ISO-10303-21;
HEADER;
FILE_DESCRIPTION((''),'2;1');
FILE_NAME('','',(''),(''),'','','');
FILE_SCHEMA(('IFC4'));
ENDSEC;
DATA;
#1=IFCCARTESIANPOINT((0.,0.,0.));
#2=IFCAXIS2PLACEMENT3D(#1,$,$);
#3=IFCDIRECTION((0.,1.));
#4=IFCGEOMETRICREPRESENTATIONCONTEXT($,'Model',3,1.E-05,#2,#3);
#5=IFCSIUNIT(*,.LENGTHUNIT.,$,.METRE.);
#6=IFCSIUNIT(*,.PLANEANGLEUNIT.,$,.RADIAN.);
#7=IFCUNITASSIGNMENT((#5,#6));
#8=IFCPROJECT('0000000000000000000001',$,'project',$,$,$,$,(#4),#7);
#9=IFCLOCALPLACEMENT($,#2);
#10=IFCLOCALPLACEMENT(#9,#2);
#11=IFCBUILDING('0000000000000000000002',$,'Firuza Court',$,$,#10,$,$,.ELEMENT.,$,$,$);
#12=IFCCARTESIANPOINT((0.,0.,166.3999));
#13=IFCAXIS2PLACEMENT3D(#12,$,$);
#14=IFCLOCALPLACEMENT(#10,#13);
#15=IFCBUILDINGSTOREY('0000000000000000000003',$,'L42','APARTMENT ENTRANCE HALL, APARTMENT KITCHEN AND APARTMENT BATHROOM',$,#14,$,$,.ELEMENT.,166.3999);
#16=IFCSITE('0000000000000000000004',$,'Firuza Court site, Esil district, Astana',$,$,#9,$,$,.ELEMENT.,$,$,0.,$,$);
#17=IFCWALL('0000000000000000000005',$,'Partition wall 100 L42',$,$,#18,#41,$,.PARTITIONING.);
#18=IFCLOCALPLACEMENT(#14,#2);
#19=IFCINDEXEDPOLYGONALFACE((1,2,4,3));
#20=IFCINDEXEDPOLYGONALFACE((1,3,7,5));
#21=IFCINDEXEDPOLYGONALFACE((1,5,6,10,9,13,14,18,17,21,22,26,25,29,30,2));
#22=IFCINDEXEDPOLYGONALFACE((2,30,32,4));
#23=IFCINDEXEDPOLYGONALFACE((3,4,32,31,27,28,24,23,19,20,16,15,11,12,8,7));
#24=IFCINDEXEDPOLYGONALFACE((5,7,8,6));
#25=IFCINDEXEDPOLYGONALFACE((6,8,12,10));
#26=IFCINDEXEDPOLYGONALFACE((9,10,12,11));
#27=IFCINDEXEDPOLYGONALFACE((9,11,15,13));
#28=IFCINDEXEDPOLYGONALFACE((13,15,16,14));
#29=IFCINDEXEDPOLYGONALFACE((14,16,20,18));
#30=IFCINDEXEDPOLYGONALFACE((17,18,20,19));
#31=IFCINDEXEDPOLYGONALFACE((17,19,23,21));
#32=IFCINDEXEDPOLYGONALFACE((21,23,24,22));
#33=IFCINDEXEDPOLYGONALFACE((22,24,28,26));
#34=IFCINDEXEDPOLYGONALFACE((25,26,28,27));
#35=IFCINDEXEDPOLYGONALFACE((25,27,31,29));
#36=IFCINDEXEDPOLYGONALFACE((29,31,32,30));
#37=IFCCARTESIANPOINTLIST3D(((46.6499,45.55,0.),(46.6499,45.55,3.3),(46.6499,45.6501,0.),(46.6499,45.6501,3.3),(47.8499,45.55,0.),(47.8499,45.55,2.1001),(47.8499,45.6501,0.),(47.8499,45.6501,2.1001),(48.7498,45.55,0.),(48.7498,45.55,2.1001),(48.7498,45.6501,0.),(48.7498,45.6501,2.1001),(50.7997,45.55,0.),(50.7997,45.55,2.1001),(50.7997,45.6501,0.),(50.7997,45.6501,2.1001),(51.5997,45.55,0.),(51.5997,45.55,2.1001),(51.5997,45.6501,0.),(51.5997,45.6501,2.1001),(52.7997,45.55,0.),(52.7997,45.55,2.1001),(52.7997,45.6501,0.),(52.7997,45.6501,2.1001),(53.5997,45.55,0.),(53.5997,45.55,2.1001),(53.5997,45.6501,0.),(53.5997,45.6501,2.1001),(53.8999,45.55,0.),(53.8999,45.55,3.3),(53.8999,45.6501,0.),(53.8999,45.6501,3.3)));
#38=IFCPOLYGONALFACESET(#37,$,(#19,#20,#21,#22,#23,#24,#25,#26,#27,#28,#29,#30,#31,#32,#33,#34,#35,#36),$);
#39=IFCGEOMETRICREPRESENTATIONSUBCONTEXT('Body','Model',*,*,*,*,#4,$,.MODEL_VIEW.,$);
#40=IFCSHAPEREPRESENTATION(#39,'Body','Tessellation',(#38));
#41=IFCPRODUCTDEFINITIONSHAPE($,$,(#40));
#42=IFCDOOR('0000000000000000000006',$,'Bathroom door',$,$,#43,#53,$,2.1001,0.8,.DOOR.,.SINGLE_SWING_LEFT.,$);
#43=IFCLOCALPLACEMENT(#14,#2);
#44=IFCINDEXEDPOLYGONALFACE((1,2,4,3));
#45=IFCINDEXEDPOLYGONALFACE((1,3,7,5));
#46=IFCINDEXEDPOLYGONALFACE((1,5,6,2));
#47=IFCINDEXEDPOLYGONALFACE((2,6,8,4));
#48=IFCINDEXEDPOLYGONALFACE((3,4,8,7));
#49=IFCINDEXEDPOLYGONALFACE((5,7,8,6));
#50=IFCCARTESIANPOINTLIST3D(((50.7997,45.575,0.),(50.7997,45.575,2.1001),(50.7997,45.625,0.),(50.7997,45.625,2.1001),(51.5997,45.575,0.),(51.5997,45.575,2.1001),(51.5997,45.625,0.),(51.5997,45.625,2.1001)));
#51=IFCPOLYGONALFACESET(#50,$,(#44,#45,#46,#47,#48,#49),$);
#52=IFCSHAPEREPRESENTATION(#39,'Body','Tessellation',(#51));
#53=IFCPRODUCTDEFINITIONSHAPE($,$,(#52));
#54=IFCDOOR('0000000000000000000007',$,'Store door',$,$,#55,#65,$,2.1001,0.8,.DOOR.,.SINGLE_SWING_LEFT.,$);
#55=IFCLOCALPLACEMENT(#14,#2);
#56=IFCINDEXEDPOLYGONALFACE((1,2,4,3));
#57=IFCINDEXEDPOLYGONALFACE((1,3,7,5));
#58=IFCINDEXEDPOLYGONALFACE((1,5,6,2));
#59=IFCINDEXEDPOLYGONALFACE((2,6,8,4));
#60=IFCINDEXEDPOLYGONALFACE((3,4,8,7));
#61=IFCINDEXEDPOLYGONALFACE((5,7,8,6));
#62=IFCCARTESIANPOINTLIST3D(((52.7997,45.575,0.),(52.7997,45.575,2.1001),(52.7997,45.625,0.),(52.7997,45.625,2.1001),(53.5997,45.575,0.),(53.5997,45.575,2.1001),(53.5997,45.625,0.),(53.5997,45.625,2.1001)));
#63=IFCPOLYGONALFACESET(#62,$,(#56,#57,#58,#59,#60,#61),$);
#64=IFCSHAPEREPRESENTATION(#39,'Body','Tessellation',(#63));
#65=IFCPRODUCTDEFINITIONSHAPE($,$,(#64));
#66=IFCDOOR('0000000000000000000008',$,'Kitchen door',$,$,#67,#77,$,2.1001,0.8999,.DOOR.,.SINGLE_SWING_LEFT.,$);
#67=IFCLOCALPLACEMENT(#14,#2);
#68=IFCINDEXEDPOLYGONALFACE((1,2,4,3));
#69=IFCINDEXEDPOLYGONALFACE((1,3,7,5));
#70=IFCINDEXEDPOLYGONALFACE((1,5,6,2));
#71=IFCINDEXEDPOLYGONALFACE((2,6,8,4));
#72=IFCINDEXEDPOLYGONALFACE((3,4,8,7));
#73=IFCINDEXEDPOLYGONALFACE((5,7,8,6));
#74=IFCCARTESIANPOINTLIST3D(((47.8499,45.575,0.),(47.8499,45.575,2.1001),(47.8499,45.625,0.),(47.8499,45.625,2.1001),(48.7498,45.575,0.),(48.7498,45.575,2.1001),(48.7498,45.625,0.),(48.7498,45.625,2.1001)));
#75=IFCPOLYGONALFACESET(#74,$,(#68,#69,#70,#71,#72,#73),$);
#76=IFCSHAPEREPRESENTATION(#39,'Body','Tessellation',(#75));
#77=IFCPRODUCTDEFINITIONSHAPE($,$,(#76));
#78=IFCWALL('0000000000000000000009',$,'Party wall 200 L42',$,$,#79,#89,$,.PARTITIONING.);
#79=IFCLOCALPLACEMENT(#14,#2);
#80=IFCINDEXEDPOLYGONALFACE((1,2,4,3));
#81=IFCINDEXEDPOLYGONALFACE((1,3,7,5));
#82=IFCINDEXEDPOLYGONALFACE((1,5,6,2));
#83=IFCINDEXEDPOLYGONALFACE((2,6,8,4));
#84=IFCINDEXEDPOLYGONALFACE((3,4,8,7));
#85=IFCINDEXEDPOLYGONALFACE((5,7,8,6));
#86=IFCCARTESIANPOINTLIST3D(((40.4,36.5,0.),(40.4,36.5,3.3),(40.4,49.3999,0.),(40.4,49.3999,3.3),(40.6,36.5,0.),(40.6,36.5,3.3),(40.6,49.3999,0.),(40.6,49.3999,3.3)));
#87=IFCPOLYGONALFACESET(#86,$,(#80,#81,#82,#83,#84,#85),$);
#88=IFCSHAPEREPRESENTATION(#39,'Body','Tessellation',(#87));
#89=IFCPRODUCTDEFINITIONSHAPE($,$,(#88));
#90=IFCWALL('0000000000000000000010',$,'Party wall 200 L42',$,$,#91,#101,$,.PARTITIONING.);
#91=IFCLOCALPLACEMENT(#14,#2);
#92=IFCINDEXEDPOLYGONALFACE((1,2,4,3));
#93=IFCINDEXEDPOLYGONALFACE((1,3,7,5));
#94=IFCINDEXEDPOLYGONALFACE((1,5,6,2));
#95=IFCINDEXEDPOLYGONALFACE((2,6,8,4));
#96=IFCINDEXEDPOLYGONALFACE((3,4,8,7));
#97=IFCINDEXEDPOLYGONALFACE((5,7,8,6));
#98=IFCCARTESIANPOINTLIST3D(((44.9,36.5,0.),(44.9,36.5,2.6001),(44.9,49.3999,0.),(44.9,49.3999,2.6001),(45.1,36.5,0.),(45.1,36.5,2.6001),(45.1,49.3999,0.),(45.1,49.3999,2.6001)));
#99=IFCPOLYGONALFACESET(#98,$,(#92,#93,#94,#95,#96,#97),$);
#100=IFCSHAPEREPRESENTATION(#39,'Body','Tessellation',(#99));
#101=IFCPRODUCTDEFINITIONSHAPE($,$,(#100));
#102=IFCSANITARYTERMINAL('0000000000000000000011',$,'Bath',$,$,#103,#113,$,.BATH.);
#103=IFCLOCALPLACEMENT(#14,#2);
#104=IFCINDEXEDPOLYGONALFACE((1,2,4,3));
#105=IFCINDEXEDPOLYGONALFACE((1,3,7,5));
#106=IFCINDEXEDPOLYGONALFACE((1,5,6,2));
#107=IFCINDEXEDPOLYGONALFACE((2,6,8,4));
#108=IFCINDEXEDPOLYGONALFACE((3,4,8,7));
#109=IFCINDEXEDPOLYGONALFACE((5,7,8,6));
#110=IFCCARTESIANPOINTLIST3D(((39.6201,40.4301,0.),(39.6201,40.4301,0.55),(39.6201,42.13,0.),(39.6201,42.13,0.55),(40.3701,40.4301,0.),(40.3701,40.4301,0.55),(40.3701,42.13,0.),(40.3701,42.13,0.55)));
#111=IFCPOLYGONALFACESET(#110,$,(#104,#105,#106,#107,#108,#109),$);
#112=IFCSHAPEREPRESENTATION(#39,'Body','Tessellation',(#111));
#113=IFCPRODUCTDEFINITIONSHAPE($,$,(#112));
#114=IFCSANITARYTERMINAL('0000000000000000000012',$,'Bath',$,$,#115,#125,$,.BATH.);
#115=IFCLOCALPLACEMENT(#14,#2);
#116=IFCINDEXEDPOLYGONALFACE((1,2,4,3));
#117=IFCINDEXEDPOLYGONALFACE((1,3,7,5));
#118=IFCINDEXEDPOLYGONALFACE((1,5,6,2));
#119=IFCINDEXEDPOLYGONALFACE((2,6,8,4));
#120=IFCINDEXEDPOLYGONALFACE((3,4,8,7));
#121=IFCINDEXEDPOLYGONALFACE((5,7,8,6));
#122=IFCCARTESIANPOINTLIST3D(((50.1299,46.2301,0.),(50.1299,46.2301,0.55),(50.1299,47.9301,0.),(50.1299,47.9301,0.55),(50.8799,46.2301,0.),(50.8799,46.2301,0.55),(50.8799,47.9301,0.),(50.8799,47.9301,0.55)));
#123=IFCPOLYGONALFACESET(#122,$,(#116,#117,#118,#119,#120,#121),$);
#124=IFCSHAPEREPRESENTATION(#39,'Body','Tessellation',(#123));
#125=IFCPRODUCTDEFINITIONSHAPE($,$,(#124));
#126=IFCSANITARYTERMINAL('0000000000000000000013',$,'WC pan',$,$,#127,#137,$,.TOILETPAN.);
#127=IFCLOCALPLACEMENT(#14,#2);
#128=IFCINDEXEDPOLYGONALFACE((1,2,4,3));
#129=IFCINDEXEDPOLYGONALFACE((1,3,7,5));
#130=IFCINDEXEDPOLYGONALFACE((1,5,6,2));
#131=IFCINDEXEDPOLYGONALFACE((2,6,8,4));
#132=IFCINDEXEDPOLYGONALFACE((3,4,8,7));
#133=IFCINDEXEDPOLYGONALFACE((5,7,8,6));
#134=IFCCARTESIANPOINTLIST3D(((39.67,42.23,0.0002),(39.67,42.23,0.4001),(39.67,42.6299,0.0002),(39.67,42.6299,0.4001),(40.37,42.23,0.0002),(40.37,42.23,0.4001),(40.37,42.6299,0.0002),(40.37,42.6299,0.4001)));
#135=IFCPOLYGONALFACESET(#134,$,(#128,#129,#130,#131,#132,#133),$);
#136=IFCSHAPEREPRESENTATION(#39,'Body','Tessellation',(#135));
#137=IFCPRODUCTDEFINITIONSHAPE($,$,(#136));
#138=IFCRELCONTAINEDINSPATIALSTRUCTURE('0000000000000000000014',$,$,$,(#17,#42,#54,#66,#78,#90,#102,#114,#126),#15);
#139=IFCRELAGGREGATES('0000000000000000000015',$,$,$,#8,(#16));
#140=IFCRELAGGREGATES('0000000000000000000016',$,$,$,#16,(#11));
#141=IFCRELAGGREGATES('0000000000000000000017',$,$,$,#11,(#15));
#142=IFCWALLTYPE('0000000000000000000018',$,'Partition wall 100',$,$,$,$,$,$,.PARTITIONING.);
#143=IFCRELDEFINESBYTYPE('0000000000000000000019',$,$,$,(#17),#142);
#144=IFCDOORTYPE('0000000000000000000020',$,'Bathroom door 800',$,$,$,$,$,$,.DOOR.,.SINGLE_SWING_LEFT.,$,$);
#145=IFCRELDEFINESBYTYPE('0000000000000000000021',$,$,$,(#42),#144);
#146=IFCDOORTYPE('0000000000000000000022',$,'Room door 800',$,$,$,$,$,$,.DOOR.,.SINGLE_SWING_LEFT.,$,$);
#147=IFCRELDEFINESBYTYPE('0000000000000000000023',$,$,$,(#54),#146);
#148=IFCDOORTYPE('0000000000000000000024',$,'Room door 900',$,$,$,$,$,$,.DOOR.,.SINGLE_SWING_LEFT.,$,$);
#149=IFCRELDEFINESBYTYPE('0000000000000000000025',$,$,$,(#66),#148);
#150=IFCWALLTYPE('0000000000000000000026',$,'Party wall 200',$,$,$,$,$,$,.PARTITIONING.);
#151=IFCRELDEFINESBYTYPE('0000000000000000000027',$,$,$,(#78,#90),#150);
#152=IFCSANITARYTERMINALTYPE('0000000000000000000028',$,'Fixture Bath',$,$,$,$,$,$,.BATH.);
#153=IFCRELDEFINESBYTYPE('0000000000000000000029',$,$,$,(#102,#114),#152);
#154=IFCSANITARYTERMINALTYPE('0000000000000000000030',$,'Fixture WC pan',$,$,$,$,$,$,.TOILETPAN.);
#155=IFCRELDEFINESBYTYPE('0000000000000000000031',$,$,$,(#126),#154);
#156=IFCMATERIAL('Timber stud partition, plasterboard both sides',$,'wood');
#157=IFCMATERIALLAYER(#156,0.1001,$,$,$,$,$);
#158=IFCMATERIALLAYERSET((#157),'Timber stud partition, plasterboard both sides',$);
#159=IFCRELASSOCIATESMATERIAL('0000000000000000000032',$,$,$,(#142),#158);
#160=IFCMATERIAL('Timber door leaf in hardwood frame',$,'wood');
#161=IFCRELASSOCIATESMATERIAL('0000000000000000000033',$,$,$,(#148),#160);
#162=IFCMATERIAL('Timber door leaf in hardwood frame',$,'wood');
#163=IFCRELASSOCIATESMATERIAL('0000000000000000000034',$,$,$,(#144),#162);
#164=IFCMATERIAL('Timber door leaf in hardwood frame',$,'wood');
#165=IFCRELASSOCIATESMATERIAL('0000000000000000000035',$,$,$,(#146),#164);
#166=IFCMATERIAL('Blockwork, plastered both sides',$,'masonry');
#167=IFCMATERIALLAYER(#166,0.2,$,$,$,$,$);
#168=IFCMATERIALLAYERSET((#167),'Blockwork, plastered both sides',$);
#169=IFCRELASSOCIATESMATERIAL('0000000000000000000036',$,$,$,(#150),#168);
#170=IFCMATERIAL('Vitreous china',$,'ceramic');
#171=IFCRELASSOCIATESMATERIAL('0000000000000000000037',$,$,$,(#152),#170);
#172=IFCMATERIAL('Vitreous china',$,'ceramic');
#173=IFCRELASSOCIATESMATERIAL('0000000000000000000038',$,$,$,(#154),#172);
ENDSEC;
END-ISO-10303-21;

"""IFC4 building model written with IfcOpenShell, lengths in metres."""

from ifc_helpers import new_model, si_unit, direction, frame, frame_2d, origin, origin_2d, place, context, subcontext, project, spatial, rectangle, extrude, material, layer, layer_set, type_object, element, fill, save


model = new_model("IFC4")

# Units and contexts
model_context = context("Model", 3, precision=1e-05, world=origin(), true_north=direction((0.0, 1.0)))
body_context = subcontext(model_context, "Body", "Model", "MODEL_VIEW")
ifc_project = project(units=[si_unit("LENGTHUNIT", "METRE"), si_unit("PLANEANGLEUNIT", "RADIAN")], contexts=[model_context])

# Site, building, storey
site_placement = place(None, origin())
site = spatial("IfcSite", under=ifc_project, at=site_placement, Name="Firuza Court site, Esil district, Astana", CompositionType="ELEMENT", RefElevation=0.0)
building_placement = place(site_placement, origin())
building = spatial("IfcBuilding", under=site, at=building_placement, Name="Firuza Court", CompositionType="ELEMENT")
storey_placement = place(building_placement, frame((0.0, 0.0, 166.3999)))
storey = spatial("IfcBuildingStorey", under=building, at=storey_placement, Name="L42", Description="APARTMENT ENTRANCE HALL, APARTMENT KITCHEN AND APARTMENT BATHROOM", CompositionType="ELEMENT", Elevation=166.3999)

# Shared definitions
ifc_material_1 = material(Name="Blockwork, plastered both sides", Category="masonry")

# Shared definitions
ifc_material_2 = material(Name="Timber stud partition, plasterboard both sides", Category="wood")
ifc_layer_1 = layer(ifc_material_2, 0.1001)
ifc_layer_set_1 = layer_set([ifc_layer_1], Name="Timber stud partition, plasterboard both sides")
wall_type_1 = type_object("IfcWallType", Name="Partition wall 100", PredefinedType="PARTITIONING", material=ifc_layer_set_1)

# Shared definitions
ifc_material_3 = material(Name="Timber door leaf in hardwood frame", Category="wood")
door_type_1 = type_object("IfcDoorType", Name="Room door 900", OperationType="SINGLE_SWING_LEFT", PredefinedType="DOOR", material=ifc_material_3)

# Wall, openings, doors
wall_1_placement = place(storey_placement, frame((46.6499, 45.6001, 0.0), z_axis=(0.0, 0.0, 1.0), x_axis=(1.0, 0.0, 0.0)))
wall_1 = element("IfcWall", 1, at=wall_1_placement, inside=storey, type_object=wall_type_1, Name="Partition wall 100 L42", PredefinedType="PARTITIONING", context=body_context, shape_type="SweptSolid", body=[
    extrude(rectangle(XDim=7.25, YDim=0.1001, at=frame_2d((3.625, 0.0))), origin(), (0.0, 0.0, 1.0), 3.3),
])
opening_1_placement = place(wall_1_placement, frame((4.1499, 0.0, 0.0)))
opening_1 = element("IfcOpeningElement", 2, at=opening_1_placement, cuts=wall_1, PredefinedType="OPENING", context=body_context, shape_type="SweptSolid", body=[
    extrude(rectangle(XDim=0.8, YDim=2.1001, at=frame_2d((0.3999, 1.05))), frame((0.0, 0.062, 0.0), z_axis=(0.0, -1.0, 0.0), x_axis=(1.0, 0.0, 0.0)), (0.0, 0.0, 1.0), 0.124),
])
opening_2_placement = place(wall_1_placement, frame((1.2, 0.0, 0.0)))
opening_2 = element("IfcOpeningElement", 3, at=opening_2_placement, cuts=wall_1, PredefinedType="OPENING", context=body_context, shape_type="SweptSolid", body=[
    extrude(rectangle(XDim=0.8999, YDim=2.1001, at=frame_2d((0.45, 1.05))), frame((0.0, 0.062, 0.0), z_axis=(0.0, -1.0, 0.0), x_axis=(1.0, 0.0, 0.0)), (0.0, 0.0, 1.0), 0.124),
])
opening_3_placement = place(wall_1_placement, frame((6.1499, 0.0, 0.0)))
opening_3 = element("IfcOpeningElement", 4, at=opening_3_placement, cuts=wall_1, PredefinedType="OPENING", context=body_context, shape_type="SweptSolid", body=[
    extrude(rectangle(XDim=0.8, YDim=2.1001, at=frame_2d((0.3999, 1.05))), frame((0.0, 0.062, 0.0), z_axis=(0.0, -1.0, 0.0), x_axis=(1.0, 0.0, 0.0)), (0.0, 0.0, 1.0), 0.124),
])
ifc_material_4 = material(Name="Timber door leaf in hardwood frame", Category="wood")
door_type_2 = type_object("IfcDoorType", Name="Bathroom door 800", OperationType="SINGLE_SWING_LEFT", PredefinedType="DOOR", material=ifc_material_4)
door_1_placement = place(opening_1_placement, origin())
door_1 = element("IfcDoor", 5, at=door_1_placement, inside=storey, type_object=door_type_2, Name="Bathroom door", OperationType="SINGLE_SWING_LEFT", OverallHeight=2.1001, OverallWidth=0.8, PredefinedType="DOOR", context=body_context, shape_type="SweptSolid", body=[
    extrude(rectangle(XDim=0.8, YDim=2.1001, at=frame_2d((0.3999, 1.05))), frame((0.0, 0.0249, 0.0), z_axis=(0.0, -1.0, 0.0), x_axis=(1.0, 0.0, 0.0)), (0.0, 0.0, 1.0), 0.05),
])
fill(opening_1, door_1)
ifc_material_5 = material(Name="Timber door leaf in hardwood frame", Category="wood")
door_type_3 = type_object("IfcDoorType", Name="Room door 800", OperationType="SINGLE_SWING_LEFT", PredefinedType="DOOR", material=ifc_material_5)
door_2_placement = place(opening_3_placement, origin())
door_2 = element("IfcDoor", 6, at=door_2_placement, inside=storey, type_object=door_type_3, Name="Store door", OperationType="SINGLE_SWING_LEFT", OverallHeight=2.1001, OverallWidth=0.8, PredefinedType="DOOR", context=body_context, shape_type="SweptSolid", body=[
    extrude(rectangle(XDim=0.8, YDim=2.1001, at=frame_2d((0.3999, 1.05))), frame((0.0, 0.0249, 0.0), z_axis=(0.0, -1.0, 0.0), x_axis=(1.0, 0.0, 0.0)), (0.0, 0.0, 1.0), 0.05),
])
fill(opening_3, door_2)
door_3_placement = place(opening_2_placement, origin())
door_3 = element("IfcDoor", 7, at=door_3_placement, inside=storey, type_object=door_type_1, Name="Kitchen door", OperationType="SINGLE_SWING_LEFT", OverallHeight=2.1001, OverallWidth=0.8999, PredefinedType="DOOR", context=body_context, shape_type="SweptSolid", body=[
    extrude(rectangle(XDim=0.8999, YDim=2.1001, at=frame_2d((0.45, 1.05))), frame((0.0, 0.0249, 0.0), z_axis=(0.0, -1.0, 0.0), x_axis=(1.0, 0.0, 0.0)), (0.0, 0.0, 1.0), 0.05),
])
fill(opening_2, door_3)

# Walls
ifc_layer_2 = layer(ifc_material_1, 0.2)
ifc_layer_set_2 = layer_set([ifc_layer_2], Name="Blockwork, plastered both sides")
wall_type_2 = type_object("IfcWallType", Name="Party wall 200", PredefinedType="PARTITIONING", material=ifc_layer_set_2)
wall_2_placement = place(storey_placement, frame((40.5, 36.5, 0.0), z_axis=(0.0, 0.0, 1.0), x_axis=(0.0, 1.0, 0.0)))
element("IfcWall", 8, at=wall_2_placement, inside=storey, type_object=wall_type_2, Name="Party wall 200 L42", PredefinedType="PARTITIONING", context=body_context, shape_type="SweptSolid", body=[
    extrude(rectangle(XDim=12.8999, YDim=0.2, at=frame_2d((6.45, 0.0))), origin(), (0.0, 0.0, 1.0), 3.3),
])
wall_3_placement = place(storey_placement, frame((45.0, 36.5, 0.0), z_axis=(0.0, 0.0, 1.0), x_axis=(0.0, 1.0, 0.0)))
element("IfcWall", 9, at=wall_3_placement, inside=storey, type_object=wall_type_2, Name="Party wall 200 L42", PredefinedType="PARTITIONING", context=body_context, shape_type="SweptSolid", body=[
    extrude(rectangle(XDim=12.8999, YDim=0.2, at=frame_2d((6.45, 0.0))), origin(), (0.0, 0.0, 1.0), 2.6001),
])

# Sanitary terminals
ifc_material_6 = material(Name="Vitreous china", Category="ceramic")
sanitary_terminal_type_1 = type_object("IfcSanitaryTerminalType", Name="Fixture Bath", PredefinedType="BATH", material=ifc_material_6)
for number, where, z_axis, x_axis, name in (
    (10, (39.9951, 41.28, 0.0), (0.0, 0.0, 1.0), (1.0, 0.0, 0.0), "Bath"),
    (11, (50.5049, 47.0801, 0.0), (0.0, 0.0, 1.0), (1.0, 0.0, 0.0), "Bath"),
):
    element("IfcSanitaryTerminal", number, at=place(storey_placement, frame(where, z_axis=z_axis, x_axis=x_axis)), inside=storey, type_object=sanitary_terminal_type_1, Name=name, PredefinedType="BATH", context=body_context, shape_type="SweptSolid", body=[
        extrude(rectangle(XDim=0.75, YDim=1.7, at=origin_2d()), origin(), (0.0, 0.0, 1.0), 0.55),
    ])
ifc_material_7 = material(Name="Vitreous china", Category="ceramic")
sanitary_terminal_type_2 = type_object("IfcSanitaryTerminalType", Name="Fixture WC pan", PredefinedType="TOILETPAN", material=ifc_material_7)
sanitary_terminal_placement = place(storey_placement, frame((40.02, 42.4299, 0.0002), z_axis=(0.0, 0.0, 1.0), x_axis=(1.0, 0.0, 0.0)))
element("IfcSanitaryTerminal", 12, at=sanitary_terminal_placement, inside=storey, type_object=sanitary_terminal_type_2, Name="WC pan", PredefinedType="TOILETPAN", context=body_context, shape_type="SweptSolid", body=[
    extrude(rectangle(XDim=0.7, YDim=0.3999, at=origin_2d()), origin(), (0.0, 0.0, 1.0), 0.3999),
])

save(model, "model.ifc")
